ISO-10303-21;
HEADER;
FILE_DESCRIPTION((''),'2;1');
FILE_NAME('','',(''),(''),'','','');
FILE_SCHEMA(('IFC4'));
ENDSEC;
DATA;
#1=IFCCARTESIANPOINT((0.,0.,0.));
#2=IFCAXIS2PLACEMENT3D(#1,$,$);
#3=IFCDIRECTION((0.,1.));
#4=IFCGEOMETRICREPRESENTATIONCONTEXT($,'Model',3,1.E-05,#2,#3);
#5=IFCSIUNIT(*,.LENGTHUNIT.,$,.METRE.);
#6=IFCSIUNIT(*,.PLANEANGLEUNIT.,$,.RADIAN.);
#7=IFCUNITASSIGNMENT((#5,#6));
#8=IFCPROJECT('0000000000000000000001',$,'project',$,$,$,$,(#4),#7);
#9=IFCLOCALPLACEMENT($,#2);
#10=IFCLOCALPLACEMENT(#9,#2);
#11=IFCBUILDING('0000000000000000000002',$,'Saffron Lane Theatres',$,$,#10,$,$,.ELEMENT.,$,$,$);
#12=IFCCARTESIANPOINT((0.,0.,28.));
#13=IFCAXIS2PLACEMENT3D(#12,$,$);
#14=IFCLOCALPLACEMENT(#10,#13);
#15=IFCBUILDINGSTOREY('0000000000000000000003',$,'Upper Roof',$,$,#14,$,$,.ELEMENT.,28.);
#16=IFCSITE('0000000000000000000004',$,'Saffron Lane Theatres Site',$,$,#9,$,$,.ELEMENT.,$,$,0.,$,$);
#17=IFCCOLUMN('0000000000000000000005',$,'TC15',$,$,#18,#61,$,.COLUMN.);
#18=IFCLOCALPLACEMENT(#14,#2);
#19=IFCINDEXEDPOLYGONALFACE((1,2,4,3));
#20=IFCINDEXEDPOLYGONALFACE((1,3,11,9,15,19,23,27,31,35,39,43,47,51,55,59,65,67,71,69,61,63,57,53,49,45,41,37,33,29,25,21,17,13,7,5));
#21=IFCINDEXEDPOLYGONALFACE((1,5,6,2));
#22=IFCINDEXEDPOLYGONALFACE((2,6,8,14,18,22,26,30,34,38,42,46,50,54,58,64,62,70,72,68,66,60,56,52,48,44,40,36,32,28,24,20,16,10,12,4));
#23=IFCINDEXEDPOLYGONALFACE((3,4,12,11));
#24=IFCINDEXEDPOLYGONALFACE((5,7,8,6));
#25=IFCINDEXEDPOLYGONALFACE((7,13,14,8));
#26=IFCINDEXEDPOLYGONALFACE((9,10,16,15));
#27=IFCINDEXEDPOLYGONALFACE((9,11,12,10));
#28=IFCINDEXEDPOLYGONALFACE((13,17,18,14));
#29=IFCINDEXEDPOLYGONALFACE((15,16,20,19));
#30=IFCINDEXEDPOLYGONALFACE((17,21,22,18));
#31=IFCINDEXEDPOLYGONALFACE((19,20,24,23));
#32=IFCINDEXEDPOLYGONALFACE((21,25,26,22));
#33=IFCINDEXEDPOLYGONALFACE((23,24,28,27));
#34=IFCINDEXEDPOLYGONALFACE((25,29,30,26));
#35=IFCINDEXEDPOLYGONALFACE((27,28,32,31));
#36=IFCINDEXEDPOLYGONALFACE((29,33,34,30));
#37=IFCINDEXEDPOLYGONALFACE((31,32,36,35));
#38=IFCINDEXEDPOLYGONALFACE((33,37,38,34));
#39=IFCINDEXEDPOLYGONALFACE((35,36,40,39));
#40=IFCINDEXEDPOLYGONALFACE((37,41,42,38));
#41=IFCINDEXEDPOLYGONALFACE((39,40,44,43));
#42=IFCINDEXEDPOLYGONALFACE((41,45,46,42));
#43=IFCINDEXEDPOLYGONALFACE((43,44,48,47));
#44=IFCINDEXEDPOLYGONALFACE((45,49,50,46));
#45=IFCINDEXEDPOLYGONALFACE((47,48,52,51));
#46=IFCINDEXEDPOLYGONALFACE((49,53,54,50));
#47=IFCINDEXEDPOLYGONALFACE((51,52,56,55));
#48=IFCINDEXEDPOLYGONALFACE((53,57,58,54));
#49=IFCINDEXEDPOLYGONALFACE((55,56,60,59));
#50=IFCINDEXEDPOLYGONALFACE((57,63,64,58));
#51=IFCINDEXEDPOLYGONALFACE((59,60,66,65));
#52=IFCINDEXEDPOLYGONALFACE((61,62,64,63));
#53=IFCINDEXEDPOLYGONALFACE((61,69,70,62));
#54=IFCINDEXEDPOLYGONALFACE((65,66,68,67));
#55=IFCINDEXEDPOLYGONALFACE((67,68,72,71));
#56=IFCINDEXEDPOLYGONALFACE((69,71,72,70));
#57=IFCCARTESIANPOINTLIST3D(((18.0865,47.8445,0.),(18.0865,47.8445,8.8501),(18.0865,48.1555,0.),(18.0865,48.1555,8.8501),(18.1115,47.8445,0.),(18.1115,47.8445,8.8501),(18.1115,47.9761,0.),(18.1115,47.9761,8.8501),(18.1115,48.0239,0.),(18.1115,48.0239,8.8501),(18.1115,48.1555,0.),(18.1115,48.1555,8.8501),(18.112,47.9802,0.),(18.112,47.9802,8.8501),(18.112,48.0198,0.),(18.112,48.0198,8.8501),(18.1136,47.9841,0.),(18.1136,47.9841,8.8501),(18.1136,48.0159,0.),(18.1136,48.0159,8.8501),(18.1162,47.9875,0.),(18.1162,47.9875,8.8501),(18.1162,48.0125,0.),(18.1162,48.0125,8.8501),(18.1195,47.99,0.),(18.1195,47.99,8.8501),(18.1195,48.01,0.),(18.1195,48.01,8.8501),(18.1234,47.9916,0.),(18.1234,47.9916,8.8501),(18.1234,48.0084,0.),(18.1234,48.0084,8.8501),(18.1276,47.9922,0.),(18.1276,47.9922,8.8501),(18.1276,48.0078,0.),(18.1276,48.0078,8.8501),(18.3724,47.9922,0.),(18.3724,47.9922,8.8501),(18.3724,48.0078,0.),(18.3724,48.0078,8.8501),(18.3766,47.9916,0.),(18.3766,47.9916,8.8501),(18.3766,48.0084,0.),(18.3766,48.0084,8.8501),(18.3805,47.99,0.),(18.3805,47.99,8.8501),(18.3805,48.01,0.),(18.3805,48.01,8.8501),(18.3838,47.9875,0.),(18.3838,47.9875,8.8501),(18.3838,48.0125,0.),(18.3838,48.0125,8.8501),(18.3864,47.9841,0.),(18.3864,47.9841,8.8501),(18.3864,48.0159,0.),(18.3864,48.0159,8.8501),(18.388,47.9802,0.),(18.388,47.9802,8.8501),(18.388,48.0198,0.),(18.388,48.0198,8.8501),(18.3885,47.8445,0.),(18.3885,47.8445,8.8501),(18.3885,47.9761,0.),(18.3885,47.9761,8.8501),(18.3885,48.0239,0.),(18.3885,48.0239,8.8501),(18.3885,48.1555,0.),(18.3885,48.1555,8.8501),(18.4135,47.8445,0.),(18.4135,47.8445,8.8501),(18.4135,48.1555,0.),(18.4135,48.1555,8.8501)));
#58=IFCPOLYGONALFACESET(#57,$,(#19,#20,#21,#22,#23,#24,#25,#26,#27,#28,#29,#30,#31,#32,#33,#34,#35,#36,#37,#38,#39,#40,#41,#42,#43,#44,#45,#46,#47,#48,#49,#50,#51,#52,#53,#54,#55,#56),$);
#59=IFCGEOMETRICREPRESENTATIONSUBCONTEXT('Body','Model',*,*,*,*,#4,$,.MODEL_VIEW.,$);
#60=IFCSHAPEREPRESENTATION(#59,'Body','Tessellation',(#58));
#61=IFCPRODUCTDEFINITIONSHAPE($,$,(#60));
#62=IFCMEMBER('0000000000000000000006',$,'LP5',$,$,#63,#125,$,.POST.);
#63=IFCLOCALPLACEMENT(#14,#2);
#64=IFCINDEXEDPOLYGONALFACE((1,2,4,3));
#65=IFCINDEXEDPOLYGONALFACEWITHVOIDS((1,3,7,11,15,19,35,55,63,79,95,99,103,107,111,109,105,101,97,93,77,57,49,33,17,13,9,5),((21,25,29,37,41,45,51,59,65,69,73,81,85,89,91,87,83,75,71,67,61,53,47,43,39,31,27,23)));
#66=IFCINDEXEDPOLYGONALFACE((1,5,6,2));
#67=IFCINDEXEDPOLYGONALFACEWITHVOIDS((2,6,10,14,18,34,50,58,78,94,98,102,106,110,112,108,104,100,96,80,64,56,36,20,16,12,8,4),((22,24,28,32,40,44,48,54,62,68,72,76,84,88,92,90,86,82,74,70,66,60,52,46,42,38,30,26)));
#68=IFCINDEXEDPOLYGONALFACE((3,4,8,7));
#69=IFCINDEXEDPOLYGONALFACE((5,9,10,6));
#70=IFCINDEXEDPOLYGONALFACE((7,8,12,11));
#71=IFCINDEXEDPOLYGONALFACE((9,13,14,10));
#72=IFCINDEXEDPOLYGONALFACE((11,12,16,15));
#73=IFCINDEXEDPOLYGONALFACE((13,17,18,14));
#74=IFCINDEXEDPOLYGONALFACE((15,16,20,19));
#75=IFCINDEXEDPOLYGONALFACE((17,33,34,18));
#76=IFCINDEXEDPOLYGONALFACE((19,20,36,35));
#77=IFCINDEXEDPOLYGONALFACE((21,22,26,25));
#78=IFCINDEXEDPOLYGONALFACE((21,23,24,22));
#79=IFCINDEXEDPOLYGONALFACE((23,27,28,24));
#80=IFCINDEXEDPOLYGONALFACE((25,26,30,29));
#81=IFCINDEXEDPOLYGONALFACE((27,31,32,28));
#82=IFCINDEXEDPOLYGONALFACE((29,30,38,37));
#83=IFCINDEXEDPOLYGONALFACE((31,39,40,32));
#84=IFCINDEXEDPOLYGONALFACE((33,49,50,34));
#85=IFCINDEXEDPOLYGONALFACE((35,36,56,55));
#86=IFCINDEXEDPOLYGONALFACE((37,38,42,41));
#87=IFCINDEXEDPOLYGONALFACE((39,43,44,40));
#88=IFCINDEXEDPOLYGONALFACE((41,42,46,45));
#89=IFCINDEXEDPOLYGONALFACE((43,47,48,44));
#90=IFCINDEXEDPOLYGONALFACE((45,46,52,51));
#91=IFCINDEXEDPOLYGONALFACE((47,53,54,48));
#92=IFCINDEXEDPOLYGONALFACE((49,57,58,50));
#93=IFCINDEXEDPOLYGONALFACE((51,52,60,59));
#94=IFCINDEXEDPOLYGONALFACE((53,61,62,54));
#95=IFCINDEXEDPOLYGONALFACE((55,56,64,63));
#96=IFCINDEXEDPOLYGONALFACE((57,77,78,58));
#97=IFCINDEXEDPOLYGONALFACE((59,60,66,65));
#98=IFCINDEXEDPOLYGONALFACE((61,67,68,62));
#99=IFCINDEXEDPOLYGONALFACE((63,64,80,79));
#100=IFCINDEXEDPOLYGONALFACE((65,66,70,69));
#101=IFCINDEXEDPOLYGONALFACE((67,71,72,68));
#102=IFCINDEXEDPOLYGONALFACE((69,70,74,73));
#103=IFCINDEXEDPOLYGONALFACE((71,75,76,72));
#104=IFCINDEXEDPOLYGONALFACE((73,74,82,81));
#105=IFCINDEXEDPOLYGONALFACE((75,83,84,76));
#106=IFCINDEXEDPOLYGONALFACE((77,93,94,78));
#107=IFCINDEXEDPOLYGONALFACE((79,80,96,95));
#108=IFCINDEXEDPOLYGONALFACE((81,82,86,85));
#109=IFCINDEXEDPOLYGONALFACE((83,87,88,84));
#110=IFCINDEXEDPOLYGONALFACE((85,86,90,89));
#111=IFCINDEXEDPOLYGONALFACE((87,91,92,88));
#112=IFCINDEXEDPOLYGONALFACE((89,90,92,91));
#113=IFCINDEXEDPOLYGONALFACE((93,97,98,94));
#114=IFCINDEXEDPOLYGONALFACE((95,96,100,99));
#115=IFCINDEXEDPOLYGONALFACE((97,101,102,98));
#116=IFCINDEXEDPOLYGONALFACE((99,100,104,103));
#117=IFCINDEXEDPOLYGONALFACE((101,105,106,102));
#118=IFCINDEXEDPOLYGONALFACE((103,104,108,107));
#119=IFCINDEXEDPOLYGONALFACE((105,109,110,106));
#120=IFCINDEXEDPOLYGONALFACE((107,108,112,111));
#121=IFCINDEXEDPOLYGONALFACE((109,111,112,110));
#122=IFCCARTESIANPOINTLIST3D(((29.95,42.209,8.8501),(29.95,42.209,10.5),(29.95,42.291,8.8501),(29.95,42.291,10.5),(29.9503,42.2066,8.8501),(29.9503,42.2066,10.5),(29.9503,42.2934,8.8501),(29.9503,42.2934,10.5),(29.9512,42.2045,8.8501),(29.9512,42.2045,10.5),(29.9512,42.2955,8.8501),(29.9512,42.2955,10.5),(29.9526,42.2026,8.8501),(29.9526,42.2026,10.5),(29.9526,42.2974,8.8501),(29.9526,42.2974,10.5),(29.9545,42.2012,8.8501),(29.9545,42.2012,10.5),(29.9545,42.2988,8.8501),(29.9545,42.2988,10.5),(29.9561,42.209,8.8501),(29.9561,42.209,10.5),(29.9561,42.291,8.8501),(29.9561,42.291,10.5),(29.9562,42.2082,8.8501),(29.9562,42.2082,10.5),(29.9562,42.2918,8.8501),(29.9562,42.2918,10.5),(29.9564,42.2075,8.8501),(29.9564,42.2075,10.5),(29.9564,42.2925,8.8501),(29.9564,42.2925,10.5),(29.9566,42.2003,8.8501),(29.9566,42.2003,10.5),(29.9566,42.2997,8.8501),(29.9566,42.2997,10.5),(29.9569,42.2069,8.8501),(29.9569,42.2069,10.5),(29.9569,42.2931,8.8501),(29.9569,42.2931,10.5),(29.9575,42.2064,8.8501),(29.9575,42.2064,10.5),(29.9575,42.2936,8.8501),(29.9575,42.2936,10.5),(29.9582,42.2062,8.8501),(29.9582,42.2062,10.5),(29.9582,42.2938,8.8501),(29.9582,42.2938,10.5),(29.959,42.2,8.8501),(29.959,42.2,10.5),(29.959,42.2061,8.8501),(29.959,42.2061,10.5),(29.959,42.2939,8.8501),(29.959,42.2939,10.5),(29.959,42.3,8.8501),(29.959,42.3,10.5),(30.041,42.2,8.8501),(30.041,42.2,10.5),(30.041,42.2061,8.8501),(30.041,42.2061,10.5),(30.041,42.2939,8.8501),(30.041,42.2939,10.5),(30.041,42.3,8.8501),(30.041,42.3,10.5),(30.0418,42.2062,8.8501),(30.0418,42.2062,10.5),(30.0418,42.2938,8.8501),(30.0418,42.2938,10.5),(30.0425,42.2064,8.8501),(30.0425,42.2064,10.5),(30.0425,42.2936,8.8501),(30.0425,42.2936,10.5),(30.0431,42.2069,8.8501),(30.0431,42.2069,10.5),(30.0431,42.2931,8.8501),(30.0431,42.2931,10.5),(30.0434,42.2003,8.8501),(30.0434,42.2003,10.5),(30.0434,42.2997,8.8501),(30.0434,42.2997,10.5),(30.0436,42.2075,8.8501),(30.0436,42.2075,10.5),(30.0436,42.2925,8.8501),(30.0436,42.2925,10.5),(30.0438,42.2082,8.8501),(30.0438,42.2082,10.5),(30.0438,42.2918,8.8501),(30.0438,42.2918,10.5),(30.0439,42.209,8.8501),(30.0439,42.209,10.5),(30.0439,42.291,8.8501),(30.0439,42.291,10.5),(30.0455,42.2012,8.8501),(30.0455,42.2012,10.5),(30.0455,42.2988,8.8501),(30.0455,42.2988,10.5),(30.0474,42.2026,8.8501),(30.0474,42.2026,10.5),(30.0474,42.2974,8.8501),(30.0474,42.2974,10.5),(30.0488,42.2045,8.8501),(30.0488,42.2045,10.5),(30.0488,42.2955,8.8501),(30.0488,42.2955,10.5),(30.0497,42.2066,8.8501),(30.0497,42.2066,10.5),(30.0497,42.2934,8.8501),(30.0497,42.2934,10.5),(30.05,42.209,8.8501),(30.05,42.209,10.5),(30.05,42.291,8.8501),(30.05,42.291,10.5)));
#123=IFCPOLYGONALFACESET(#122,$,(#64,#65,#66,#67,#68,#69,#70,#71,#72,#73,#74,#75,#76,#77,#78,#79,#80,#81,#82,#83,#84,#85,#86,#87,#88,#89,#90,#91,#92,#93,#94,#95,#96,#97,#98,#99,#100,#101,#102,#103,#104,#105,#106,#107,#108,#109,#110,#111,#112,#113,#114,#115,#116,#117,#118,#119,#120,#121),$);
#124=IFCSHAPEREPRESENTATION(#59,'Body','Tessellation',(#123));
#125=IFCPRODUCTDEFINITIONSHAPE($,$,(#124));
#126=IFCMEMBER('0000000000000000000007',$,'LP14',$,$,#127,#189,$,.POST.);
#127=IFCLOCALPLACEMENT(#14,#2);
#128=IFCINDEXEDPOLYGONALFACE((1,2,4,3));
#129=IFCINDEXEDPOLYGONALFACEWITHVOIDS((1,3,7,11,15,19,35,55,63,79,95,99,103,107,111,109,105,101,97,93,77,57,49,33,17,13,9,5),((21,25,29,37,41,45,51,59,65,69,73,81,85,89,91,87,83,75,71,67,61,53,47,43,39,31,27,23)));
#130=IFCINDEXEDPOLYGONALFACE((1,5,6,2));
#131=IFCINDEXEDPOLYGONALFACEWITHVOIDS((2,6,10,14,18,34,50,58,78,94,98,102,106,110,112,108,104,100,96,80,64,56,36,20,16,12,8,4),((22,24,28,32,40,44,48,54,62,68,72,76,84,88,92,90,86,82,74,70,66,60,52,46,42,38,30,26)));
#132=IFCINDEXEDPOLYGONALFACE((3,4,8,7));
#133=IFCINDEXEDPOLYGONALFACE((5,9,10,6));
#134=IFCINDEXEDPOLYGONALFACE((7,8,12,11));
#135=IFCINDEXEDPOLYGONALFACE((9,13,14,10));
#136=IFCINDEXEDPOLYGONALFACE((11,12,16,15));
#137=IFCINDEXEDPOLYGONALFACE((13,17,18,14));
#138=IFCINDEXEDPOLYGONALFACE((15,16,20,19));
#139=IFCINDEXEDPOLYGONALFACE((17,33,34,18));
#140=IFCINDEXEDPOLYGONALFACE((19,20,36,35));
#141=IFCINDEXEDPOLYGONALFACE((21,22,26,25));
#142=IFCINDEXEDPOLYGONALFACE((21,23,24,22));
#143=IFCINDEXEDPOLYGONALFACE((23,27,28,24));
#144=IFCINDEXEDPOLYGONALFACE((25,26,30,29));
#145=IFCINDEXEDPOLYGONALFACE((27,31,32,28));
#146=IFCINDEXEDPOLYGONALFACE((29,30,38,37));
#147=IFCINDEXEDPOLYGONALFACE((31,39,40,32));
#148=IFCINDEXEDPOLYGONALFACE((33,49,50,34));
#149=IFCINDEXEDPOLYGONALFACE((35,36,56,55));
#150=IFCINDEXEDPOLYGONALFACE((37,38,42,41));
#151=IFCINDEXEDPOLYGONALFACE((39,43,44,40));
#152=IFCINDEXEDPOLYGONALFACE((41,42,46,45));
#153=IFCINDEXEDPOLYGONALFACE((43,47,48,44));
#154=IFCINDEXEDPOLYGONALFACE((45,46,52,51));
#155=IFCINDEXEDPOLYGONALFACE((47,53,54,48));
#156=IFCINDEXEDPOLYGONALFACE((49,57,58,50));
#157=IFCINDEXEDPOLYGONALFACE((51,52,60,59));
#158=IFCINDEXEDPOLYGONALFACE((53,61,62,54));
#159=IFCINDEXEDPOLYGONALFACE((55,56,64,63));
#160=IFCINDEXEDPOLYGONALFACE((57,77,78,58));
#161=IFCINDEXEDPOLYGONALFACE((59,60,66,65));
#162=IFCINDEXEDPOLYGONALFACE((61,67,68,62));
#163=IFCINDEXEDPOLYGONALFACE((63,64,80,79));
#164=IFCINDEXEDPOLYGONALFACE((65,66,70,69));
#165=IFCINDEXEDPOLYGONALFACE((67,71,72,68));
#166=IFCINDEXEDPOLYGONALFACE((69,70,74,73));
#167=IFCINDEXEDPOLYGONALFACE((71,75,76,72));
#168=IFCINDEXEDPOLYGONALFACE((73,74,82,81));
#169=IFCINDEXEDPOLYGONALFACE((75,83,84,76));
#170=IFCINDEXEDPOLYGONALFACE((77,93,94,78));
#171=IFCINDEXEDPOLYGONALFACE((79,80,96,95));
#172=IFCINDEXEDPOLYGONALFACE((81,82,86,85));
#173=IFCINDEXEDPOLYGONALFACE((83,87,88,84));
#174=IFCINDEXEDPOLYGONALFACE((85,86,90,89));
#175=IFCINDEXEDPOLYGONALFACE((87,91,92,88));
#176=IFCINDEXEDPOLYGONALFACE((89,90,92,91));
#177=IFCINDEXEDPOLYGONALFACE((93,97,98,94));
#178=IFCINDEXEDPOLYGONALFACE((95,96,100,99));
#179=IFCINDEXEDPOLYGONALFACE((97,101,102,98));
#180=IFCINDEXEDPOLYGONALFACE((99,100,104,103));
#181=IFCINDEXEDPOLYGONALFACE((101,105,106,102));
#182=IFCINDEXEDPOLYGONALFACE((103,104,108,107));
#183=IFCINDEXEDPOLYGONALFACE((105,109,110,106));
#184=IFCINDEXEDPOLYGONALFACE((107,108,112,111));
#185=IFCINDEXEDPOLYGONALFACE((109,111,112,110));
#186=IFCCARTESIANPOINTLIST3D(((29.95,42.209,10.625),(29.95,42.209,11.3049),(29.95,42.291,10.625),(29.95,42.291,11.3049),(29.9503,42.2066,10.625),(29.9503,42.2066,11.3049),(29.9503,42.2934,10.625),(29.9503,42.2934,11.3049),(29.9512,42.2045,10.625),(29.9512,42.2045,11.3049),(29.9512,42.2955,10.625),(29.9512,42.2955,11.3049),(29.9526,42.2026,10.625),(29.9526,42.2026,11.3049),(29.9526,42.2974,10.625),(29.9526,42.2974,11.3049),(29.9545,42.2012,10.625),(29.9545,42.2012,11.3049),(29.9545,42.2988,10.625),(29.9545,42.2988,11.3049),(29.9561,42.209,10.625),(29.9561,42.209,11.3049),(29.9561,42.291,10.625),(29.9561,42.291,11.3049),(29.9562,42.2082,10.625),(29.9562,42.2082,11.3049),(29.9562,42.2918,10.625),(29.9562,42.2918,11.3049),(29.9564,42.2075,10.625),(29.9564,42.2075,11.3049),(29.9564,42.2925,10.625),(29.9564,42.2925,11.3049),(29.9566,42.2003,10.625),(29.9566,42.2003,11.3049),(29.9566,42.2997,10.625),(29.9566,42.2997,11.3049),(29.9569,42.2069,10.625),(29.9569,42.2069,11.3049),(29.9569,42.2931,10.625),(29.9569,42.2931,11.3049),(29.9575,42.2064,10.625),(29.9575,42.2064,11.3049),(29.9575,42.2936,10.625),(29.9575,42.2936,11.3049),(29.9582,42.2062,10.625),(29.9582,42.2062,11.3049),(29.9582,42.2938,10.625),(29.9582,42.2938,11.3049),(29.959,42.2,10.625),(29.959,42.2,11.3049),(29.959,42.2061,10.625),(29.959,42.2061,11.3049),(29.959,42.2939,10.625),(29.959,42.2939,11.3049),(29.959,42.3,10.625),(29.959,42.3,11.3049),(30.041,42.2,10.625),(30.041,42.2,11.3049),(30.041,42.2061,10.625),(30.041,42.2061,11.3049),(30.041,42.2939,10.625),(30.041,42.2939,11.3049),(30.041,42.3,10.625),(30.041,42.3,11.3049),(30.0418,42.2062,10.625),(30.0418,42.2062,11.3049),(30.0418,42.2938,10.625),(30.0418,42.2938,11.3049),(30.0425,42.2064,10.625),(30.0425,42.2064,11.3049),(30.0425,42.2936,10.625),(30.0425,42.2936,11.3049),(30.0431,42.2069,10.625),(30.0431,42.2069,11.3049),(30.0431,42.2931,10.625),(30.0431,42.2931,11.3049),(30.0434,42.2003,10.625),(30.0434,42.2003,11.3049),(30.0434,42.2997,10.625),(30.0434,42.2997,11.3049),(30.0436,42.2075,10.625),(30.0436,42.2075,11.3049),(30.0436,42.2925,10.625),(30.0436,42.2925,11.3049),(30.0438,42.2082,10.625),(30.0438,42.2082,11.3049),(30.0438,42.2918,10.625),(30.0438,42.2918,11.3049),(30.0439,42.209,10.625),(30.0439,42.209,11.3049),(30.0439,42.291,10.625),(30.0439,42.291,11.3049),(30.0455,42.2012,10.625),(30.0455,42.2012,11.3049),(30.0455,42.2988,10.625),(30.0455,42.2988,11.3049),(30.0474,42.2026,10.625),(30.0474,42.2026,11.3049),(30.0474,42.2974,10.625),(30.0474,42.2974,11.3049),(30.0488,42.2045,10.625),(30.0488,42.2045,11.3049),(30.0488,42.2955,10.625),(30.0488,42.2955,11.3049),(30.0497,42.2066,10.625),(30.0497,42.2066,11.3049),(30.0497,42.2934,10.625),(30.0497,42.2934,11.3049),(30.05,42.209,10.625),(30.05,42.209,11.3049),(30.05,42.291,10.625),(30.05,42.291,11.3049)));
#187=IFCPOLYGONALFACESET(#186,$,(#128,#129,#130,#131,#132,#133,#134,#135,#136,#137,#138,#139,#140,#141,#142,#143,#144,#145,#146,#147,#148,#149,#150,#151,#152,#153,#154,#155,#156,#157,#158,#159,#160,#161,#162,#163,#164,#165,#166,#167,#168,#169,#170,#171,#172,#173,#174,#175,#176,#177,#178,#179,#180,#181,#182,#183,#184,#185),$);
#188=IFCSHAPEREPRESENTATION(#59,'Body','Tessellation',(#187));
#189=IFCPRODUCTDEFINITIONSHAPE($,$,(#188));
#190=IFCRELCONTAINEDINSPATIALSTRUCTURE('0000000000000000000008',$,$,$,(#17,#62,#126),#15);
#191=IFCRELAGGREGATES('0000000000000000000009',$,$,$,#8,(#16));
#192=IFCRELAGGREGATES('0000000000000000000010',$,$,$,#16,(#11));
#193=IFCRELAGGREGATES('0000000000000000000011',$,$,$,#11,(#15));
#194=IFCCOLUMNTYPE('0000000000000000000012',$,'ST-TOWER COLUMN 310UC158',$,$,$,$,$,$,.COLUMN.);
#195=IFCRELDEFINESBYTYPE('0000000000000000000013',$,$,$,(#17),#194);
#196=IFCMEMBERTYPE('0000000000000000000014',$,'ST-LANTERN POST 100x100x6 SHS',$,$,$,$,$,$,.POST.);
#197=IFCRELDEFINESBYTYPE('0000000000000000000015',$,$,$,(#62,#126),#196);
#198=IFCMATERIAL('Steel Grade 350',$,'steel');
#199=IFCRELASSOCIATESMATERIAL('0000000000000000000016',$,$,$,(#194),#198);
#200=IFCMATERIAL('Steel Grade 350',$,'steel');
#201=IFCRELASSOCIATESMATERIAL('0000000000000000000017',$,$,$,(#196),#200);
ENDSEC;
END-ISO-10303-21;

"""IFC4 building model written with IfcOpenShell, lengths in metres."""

from ifc_helpers import new_model, si_unit, direction, frame, origin, origin_2d, place, context, subcontext, project, spatial, hollow_rectangle, i_section, extrude, material, material_profile, profile_set, type_object, element, save


model = new_model("IFC4")

# Units and contexts
model_context = context("Model", 3, precision=1e-05, world=origin(), true_north=direction((0.0, 1.0)))
body_context = subcontext(model_context, "Body", "Model", "MODEL_VIEW")
ifc_project = project(units=[si_unit("LENGTHUNIT", "METRE"), si_unit("PLANEANGLEUNIT", "RADIAN")], contexts=[model_context])

# Site, building, storey
site_placement = place(None, origin())
site = spatial("IfcSite", under=ifc_project, at=site_placement, Name="Saffron Lane Theatres Site", CompositionType="ELEMENT", RefElevation=0.0)
building_placement = place(site_placement, origin())
building = spatial("IfcBuilding", under=site, at=building_placement, Name="Saffron Lane Theatres", CompositionType="ELEMENT")
storey_placement = place(building_placement, frame((0.0, 0.0, 28.0)))
storey = spatial("IfcBuildingStorey", under=building, at=storey_placement, Name="Upper Roof", CompositionType="ELEMENT", Elevation=28.0)

# Column
ifc_material_1 = material(Name="Steel Grade 350", Category="steel")
ifc_material_profile_1 = material_profile(ifc_material_1, i_section(OverallWidth=0.311, OverallDepth=0.3269, WebThickness=0.0156, FlangeThickness=0.0249, FilletRadius=0.0161, at=origin_2d()))
ifc_profile_set_1 = profile_set([ifc_material_profile_1], Name="Steel Grade 350")
column_type = type_object("IfcColumnType", Name="ST-TOWER COLUMN 310UC158", PredefinedType="COLUMN", material=ifc_profile_set_1)
column_placement = place(storey_placement, frame((18.25, 48.0, 0.0), z_axis=(0.0, 0.0, 1.0), x_axis=(0.0, 1.0, 0.0)))
element("IfcColumn", 1, at=column_placement, inside=storey, type_object=column_type, Name="TC15", PredefinedType="COLUMN", context=body_context, shape_type="SweptSolid", body=[
    extrude(i_section(OverallWidth=0.311, OverallDepth=0.3269, WebThickness=0.0156, FlangeThickness=0.0249, FilletRadius=0.0161, at=origin_2d()), origin(), (0.0, 0.0, 1.0), 8.8501),
])

# Members
ifc_material_2 = material(Name="Steel Grade 350", Category="steel")
ifc_material_profile_2 = material_profile(ifc_material_2, hollow_rectangle(XDim=0.1001, YDim=0.1001, WallThickness=0.0061, InnerFilletRadius=0.0029, OuterFilletRadius=0.009, at=origin_2d()))
ifc_profile_set_2 = profile_set([ifc_material_profile_2], Name="Steel Grade 350")
member_type_1 = type_object("IfcMemberType", Name="ST-LANTERN POST 100x100x6 SHS", PredefinedType="POST", material=ifc_profile_set_2)
member_1_placement = place(storey_placement, frame((30.0, 42.25, 8.8501), z_axis=(0.0, 0.0, 1.0), x_axis=(1.0, 0.0, 0.0)))
element("IfcMember", 2, at=member_1_placement, inside=storey, type_object=member_type_1, Name="LP5", PredefinedType="POST", context=body_context, shape_type="SweptSolid", body=[
    extrude(hollow_rectangle(XDim=0.1001, YDim=0.1001, WallThickness=0.0061, InnerFilletRadius=0.0029, OuterFilletRadius=0.009, at=origin_2d()), origin(), (0.0, 0.0, 1.0), 1.6499),
])
member_2_placement = place(storey_placement, frame((30.0, 42.25, 10.625), z_axis=(0.0, 0.0, 1.0), x_axis=(1.0, 0.0, 0.0)))
element("IfcMember", 3, at=member_2_placement, inside=storey, type_object=member_type_1, Name="LP14", PredefinedType="POST", context=body_context, shape_type="SweptSolid", body=[
    extrude(hollow_rectangle(XDim=0.1001, YDim=0.1001, WallThickness=0.0061, InnerFilletRadius=0.0029, OuterFilletRadius=0.009, at=origin_2d()), origin(), (0.0, 0.0, 1.0), 0.6799),
])

save(model, "model.ifc")
